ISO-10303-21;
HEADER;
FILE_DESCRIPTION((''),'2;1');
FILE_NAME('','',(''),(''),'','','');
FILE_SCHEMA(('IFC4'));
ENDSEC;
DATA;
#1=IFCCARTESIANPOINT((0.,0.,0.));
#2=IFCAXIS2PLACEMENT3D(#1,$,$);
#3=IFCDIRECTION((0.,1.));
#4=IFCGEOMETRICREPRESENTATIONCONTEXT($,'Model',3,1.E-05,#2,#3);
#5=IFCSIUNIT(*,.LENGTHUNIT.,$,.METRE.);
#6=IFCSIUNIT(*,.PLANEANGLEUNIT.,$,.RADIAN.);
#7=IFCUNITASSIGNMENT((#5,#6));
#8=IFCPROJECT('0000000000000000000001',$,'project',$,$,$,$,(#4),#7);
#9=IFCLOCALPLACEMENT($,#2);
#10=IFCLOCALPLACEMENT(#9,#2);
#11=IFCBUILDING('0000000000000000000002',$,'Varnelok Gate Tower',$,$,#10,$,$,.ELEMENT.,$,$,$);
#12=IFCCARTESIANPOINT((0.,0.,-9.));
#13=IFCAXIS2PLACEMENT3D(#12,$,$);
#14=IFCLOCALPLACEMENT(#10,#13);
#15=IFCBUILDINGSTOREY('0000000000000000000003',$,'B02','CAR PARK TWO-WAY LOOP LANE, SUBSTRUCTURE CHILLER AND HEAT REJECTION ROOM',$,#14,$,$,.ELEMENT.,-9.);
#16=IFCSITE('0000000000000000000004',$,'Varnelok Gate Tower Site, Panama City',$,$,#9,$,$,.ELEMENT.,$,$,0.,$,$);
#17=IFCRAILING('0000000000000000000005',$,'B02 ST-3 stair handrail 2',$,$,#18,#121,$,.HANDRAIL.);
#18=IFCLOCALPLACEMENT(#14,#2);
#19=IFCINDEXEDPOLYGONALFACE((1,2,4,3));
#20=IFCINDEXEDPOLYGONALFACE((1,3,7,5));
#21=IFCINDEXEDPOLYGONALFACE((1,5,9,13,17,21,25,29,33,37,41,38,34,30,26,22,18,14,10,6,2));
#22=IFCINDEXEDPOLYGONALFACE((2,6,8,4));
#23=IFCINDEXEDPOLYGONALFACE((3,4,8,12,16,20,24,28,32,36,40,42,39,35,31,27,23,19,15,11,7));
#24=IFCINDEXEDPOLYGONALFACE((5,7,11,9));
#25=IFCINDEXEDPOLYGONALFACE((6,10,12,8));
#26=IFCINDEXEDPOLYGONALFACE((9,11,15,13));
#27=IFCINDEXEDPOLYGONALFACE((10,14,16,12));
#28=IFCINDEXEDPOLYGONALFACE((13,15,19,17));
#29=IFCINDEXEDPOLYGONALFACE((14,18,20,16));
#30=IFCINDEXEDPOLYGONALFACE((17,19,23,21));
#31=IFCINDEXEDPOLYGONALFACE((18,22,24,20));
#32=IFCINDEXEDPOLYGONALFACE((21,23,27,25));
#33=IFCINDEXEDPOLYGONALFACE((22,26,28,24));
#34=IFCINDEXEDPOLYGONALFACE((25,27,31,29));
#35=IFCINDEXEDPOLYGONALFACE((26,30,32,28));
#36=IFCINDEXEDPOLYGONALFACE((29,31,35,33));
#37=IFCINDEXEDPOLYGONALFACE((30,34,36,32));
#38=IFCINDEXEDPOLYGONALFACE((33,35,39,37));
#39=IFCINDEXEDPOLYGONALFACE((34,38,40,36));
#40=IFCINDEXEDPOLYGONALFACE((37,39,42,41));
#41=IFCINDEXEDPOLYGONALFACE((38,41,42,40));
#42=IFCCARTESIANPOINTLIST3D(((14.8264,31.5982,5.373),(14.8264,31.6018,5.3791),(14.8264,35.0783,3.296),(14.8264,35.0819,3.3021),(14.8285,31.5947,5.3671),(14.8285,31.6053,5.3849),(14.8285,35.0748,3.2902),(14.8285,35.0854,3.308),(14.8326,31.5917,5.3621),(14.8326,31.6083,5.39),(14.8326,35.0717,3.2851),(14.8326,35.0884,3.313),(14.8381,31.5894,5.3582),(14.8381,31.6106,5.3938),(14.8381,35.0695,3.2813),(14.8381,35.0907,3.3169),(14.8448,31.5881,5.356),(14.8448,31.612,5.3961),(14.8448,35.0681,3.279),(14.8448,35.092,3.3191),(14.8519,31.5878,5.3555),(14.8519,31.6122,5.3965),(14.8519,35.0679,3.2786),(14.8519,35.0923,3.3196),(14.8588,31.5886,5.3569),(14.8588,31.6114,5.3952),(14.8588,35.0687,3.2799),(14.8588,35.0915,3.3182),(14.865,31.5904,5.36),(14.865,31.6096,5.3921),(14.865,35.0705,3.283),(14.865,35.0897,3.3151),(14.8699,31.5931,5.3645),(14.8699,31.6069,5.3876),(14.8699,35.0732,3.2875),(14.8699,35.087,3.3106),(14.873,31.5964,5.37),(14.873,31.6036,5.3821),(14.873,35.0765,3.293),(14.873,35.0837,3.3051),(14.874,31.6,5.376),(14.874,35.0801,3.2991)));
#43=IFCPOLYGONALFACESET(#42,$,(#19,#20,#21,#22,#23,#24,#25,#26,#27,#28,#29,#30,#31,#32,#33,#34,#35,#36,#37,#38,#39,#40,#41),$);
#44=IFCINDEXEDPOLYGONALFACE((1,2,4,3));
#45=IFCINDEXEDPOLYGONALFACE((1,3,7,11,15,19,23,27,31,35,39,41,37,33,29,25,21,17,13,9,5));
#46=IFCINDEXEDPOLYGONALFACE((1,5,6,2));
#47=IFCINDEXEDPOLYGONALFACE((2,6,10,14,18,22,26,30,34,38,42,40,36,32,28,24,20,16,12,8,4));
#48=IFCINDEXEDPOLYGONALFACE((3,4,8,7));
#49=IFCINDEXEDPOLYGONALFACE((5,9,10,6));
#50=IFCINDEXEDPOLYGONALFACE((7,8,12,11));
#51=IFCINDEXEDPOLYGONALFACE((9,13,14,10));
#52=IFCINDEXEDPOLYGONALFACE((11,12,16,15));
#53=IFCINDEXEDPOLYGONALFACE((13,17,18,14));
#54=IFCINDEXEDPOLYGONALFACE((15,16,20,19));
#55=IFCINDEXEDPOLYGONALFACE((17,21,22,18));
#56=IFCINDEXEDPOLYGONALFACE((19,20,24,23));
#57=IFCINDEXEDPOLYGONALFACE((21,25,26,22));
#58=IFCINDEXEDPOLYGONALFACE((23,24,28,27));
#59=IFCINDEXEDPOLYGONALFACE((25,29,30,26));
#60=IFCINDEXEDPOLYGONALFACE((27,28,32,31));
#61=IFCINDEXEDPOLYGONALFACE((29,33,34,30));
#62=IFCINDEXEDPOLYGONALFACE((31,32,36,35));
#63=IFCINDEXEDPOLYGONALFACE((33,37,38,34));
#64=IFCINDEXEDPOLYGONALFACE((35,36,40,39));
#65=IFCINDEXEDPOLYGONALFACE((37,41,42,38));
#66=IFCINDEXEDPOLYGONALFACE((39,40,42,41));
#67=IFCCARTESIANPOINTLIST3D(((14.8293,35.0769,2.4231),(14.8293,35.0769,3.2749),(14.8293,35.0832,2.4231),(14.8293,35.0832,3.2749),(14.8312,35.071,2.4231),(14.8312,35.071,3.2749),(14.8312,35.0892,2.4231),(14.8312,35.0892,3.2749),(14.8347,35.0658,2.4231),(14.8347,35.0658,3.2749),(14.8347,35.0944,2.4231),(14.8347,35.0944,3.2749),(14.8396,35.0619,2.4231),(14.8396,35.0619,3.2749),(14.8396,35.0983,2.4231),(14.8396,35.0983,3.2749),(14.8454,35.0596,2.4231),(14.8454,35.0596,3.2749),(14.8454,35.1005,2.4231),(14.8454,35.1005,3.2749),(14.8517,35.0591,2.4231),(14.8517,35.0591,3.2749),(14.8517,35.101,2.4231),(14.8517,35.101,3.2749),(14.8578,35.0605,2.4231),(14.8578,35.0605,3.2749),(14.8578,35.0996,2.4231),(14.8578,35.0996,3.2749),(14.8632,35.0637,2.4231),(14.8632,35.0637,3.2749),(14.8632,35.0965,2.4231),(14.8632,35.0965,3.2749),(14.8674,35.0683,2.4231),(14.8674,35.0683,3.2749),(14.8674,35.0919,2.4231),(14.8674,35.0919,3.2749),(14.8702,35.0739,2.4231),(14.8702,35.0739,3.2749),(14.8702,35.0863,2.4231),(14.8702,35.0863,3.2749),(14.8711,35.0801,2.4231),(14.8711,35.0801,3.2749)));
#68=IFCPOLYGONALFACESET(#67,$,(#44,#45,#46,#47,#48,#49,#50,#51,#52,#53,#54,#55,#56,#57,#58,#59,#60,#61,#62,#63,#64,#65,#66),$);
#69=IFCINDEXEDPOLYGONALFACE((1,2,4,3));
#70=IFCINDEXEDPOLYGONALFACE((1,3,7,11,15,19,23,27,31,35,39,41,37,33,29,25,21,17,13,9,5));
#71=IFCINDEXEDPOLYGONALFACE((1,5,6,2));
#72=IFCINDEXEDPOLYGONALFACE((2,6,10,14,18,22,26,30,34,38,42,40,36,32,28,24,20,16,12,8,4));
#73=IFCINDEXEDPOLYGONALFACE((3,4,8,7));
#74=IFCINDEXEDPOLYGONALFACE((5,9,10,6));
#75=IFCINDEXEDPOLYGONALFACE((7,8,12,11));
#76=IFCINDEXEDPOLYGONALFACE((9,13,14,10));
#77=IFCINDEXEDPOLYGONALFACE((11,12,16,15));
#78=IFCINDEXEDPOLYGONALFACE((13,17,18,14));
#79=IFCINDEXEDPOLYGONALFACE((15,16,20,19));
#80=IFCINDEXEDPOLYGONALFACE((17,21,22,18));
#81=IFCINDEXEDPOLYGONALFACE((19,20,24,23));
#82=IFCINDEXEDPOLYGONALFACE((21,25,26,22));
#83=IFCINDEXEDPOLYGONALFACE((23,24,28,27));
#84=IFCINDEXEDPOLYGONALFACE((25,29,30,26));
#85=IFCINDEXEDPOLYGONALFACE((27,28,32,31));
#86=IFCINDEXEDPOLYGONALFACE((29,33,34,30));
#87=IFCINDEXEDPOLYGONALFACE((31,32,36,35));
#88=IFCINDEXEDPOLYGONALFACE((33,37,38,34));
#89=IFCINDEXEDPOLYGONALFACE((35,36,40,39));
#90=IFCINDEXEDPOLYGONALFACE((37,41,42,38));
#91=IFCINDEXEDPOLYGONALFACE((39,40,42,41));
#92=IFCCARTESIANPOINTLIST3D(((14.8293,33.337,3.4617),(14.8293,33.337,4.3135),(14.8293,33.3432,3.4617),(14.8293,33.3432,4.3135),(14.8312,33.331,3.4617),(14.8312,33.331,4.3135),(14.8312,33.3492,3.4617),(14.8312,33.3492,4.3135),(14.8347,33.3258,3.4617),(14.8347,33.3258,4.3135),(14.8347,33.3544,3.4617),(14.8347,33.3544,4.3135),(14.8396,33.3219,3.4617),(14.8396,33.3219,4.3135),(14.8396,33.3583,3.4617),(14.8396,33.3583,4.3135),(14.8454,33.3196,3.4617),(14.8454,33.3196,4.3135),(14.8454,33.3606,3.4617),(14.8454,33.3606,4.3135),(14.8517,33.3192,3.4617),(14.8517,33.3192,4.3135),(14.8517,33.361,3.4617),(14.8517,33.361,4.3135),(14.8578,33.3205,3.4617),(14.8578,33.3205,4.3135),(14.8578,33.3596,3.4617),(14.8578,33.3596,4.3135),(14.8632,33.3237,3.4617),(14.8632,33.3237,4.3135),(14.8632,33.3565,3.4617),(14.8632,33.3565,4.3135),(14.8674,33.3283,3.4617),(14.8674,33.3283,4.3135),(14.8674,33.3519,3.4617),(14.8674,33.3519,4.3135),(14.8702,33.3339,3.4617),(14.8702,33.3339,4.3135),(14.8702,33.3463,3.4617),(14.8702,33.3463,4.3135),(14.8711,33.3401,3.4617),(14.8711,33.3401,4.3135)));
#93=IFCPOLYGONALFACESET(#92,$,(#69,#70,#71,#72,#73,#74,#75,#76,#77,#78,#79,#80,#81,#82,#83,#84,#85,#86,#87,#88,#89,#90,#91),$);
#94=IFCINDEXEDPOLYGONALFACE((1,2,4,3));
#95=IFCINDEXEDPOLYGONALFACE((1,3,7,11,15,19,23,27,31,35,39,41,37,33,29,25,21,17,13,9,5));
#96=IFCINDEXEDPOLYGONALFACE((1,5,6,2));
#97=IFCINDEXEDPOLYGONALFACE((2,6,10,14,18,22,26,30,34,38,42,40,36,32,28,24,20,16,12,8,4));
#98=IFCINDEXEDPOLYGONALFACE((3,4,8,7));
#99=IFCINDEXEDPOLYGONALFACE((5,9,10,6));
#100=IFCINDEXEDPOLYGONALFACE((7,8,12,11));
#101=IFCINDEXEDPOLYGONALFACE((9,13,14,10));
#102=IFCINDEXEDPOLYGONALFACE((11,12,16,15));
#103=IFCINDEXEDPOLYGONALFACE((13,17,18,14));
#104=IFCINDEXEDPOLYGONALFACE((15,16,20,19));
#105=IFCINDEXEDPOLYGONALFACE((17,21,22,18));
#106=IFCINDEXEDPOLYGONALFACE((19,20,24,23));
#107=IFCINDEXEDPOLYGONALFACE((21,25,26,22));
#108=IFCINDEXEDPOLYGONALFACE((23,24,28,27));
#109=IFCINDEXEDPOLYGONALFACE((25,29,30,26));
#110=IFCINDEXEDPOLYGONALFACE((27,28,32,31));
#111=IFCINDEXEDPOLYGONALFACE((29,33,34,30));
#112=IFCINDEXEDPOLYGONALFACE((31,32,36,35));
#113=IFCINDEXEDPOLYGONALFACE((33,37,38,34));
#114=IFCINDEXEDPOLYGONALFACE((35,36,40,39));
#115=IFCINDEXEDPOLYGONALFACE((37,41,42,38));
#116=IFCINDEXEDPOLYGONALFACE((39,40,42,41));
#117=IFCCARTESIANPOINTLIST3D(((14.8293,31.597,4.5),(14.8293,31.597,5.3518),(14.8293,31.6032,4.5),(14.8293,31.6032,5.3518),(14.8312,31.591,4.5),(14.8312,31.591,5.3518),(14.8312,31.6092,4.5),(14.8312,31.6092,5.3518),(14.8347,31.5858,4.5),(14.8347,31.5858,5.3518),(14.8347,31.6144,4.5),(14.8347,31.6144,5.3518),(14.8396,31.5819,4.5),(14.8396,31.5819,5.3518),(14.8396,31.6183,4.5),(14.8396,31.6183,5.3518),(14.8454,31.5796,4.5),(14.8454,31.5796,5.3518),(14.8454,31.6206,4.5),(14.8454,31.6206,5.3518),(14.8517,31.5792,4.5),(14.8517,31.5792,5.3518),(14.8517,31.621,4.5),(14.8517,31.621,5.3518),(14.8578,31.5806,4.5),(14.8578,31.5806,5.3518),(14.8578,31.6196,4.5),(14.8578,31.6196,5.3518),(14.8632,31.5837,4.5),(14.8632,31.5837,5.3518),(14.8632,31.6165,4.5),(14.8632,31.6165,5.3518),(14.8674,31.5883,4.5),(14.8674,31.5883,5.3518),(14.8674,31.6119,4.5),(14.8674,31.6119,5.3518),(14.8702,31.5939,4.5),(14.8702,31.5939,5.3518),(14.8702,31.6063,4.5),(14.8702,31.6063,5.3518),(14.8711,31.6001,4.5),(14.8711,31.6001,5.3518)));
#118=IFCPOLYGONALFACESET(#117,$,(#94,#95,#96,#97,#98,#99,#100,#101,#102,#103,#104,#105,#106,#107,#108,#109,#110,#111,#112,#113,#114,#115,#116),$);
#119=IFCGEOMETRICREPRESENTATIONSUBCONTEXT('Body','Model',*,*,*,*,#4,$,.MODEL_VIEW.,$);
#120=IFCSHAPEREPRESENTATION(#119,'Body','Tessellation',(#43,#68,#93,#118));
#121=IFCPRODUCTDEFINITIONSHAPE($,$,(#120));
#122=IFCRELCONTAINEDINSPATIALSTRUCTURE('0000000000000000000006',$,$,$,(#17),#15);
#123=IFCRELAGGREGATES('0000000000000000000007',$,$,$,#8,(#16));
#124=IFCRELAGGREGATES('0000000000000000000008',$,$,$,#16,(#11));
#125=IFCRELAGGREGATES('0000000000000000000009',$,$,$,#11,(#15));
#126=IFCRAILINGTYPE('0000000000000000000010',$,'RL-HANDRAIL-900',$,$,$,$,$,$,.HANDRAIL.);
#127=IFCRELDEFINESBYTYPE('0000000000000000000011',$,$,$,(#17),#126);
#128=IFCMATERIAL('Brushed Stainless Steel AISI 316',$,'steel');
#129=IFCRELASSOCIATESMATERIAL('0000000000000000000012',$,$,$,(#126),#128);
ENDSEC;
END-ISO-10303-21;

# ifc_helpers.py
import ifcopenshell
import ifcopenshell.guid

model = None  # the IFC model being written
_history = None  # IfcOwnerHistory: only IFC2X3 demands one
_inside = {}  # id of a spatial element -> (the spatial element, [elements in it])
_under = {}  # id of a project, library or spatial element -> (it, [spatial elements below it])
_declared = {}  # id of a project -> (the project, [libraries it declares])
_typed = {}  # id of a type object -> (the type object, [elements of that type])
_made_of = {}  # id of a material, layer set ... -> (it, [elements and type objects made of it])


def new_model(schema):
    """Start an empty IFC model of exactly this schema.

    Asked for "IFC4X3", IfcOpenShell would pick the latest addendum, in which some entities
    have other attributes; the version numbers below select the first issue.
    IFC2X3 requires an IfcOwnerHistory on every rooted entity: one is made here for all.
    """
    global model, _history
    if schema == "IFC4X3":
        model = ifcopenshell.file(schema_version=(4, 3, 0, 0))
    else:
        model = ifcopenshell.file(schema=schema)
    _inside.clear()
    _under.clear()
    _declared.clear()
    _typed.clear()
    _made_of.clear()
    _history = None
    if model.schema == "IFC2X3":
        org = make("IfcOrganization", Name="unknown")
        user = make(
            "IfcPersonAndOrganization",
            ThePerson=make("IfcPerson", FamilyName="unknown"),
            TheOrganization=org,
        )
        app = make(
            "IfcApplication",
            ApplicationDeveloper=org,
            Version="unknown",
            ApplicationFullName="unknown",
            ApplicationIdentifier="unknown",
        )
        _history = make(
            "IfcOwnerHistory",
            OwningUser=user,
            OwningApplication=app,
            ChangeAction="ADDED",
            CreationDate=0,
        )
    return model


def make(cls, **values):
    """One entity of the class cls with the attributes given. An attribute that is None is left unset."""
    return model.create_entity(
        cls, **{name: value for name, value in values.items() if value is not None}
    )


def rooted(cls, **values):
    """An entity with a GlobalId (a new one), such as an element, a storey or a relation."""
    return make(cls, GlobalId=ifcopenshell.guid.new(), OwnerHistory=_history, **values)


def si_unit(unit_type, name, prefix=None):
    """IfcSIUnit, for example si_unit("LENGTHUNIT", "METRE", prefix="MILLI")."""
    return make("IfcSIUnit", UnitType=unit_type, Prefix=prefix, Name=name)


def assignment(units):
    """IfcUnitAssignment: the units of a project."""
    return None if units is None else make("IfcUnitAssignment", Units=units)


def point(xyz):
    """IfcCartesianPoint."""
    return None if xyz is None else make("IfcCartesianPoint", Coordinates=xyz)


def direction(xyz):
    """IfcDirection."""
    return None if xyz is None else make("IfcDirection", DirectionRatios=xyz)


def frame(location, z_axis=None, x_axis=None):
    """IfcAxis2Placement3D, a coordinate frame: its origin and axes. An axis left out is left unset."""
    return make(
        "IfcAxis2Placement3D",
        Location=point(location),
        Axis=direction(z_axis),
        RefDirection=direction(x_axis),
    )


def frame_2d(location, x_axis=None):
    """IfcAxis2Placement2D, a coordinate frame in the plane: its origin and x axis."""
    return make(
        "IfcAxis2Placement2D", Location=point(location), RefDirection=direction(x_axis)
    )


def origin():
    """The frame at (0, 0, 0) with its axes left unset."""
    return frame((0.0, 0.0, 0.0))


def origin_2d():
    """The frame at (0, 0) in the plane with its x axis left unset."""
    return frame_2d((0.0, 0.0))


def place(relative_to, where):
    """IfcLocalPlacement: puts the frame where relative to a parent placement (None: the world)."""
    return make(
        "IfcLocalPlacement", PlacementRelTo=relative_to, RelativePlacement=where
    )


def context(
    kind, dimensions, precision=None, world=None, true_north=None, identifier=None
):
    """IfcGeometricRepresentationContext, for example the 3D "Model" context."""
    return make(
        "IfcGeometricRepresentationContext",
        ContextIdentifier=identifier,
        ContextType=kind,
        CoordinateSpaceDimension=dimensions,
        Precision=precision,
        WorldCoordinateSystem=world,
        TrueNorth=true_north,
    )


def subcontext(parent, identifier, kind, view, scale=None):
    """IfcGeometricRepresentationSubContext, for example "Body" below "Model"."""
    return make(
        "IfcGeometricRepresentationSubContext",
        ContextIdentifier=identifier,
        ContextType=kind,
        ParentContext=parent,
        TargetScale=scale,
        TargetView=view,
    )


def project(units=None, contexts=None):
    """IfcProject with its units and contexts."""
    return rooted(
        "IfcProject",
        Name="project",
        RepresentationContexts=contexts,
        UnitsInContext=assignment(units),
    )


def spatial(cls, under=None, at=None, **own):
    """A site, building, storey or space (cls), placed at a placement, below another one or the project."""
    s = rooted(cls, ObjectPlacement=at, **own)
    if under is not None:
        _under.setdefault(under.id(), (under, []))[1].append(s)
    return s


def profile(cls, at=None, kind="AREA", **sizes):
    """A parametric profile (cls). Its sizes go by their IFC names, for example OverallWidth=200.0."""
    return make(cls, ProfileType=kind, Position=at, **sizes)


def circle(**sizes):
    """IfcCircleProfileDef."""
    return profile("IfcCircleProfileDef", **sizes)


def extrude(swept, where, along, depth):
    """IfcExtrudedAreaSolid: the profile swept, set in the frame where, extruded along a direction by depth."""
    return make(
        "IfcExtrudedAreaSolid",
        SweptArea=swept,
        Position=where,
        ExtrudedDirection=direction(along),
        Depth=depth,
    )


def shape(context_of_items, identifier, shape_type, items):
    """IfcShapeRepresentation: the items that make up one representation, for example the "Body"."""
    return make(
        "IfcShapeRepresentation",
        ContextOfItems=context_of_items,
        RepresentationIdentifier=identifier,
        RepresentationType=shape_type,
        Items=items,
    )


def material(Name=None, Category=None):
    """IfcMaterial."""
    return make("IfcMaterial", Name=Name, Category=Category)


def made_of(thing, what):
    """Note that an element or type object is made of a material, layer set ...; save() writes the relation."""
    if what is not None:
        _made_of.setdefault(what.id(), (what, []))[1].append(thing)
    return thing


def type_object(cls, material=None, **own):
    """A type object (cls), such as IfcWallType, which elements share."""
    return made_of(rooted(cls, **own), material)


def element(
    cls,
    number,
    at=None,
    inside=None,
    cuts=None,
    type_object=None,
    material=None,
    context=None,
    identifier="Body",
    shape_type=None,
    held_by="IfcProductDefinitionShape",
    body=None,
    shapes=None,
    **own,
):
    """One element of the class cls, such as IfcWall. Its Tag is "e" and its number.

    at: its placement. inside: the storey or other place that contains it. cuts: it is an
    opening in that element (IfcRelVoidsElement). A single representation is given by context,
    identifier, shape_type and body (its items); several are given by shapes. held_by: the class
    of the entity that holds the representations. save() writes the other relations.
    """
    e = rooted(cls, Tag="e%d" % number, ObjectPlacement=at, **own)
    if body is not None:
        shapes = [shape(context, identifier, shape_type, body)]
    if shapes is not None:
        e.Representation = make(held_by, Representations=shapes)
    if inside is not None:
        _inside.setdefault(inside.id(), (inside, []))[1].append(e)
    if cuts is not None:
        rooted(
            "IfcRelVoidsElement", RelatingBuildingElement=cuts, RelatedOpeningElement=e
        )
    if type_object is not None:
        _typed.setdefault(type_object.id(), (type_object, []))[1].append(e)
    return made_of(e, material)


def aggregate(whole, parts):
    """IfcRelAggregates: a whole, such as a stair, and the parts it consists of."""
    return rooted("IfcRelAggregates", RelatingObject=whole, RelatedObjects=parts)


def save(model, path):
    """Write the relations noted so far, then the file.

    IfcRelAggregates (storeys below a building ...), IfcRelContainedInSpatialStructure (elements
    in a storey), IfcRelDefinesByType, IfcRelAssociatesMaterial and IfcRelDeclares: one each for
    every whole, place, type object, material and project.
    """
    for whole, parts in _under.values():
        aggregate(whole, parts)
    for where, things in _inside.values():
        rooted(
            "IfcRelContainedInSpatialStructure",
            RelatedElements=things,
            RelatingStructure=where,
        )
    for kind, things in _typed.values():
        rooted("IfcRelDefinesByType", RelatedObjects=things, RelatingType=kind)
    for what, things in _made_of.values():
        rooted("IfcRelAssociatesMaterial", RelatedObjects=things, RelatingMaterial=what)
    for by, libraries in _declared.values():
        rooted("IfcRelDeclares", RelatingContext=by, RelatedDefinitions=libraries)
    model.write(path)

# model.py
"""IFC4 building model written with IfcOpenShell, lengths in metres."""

from ifc_helpers import new_model, si_unit, direction, frame, origin, origin_2d, place, context, subcontext, project, spatial, circle, extrude, material, type_object, element, save


model = new_model("IFC4")

# Units and contexts
model_context = context("Model", 3, precision=1e-05, world=origin(), true_north=direction((0.0, 1.0)))
body_context = subcontext(model_context, "Body", "Model", "MODEL_VIEW")
ifc_project = project(units=[si_unit("LENGTHUNIT", "METRE"), si_unit("PLANEANGLEUNIT", "RADIAN")], contexts=[model_context])

# Site, building, storey
site_placement = place(None, origin())
site = spatial("IfcSite", under=ifc_project, at=site_placement, Name="Varnelok Gate Tower Site, Panama City", CompositionType="ELEMENT", RefElevation=0.0)
building_placement = place(site_placement, origin())
building = spatial("IfcBuilding", under=site, at=building_placement, Name="Varnelok Gate Tower", CompositionType="ELEMENT")
storey_placement = place(building_placement, frame((0.0, 0.0, -9.0)))
storey = spatial("IfcBuildingStorey", under=building, at=storey_placement, Name="B02", Description="CAR PARK TWO-WAY LOOP LANE, SUBSTRUCTURE CHILLER AND HEAT REJECTION ROOM", CompositionType="ELEMENT", Elevation=-9.0)

# Railing
ifc_material_1 = material(Name="Brushed Stainless Steel AISI 316", Category="steel")
railing_type_1 = type_object("IfcRailingType", Name="RL-HANDRAIL-900", PredefinedType="HANDRAIL", material=ifc_material_1)
railing_1_placement = place(storey_placement, frame((14.8501, 35.0801, 2.4231)))
element("IfcRailing", 1, at=railing_1_placement, inside=storey, type_object=railing_type_1, Name="B02 ST-3 stair handrail 2", PredefinedType="HANDRAIL", context=body_context, shape_type="SweptSolid", body=[
    extrude(circle(Radius=0.0239, at=origin_2d()), frame((0.0, 0.0, 0.876), z_axis=(0.0, -0.858697, 0.512483), x_axis=(1.0, 0.0, 0.0)), (0.0, 0.0, 1.0), 4.0527),
    extrude(circle(Radius=0.021, at=origin_2d()), origin(), (0.0, 0.0, 1.0), 0.8518),
    extrude(circle(Radius=0.021, at=origin_2d()), frame((0.0, -1.74, 1.0386)), (0.0, 0.0, 1.0), 0.8518),
    extrude(circle(Radius=0.021, at=origin_2d()), frame((0.0, -3.48, 2.0769)), (0.0, 0.0, 1.0), 0.8518),
])

save(model, "model.ifc")
